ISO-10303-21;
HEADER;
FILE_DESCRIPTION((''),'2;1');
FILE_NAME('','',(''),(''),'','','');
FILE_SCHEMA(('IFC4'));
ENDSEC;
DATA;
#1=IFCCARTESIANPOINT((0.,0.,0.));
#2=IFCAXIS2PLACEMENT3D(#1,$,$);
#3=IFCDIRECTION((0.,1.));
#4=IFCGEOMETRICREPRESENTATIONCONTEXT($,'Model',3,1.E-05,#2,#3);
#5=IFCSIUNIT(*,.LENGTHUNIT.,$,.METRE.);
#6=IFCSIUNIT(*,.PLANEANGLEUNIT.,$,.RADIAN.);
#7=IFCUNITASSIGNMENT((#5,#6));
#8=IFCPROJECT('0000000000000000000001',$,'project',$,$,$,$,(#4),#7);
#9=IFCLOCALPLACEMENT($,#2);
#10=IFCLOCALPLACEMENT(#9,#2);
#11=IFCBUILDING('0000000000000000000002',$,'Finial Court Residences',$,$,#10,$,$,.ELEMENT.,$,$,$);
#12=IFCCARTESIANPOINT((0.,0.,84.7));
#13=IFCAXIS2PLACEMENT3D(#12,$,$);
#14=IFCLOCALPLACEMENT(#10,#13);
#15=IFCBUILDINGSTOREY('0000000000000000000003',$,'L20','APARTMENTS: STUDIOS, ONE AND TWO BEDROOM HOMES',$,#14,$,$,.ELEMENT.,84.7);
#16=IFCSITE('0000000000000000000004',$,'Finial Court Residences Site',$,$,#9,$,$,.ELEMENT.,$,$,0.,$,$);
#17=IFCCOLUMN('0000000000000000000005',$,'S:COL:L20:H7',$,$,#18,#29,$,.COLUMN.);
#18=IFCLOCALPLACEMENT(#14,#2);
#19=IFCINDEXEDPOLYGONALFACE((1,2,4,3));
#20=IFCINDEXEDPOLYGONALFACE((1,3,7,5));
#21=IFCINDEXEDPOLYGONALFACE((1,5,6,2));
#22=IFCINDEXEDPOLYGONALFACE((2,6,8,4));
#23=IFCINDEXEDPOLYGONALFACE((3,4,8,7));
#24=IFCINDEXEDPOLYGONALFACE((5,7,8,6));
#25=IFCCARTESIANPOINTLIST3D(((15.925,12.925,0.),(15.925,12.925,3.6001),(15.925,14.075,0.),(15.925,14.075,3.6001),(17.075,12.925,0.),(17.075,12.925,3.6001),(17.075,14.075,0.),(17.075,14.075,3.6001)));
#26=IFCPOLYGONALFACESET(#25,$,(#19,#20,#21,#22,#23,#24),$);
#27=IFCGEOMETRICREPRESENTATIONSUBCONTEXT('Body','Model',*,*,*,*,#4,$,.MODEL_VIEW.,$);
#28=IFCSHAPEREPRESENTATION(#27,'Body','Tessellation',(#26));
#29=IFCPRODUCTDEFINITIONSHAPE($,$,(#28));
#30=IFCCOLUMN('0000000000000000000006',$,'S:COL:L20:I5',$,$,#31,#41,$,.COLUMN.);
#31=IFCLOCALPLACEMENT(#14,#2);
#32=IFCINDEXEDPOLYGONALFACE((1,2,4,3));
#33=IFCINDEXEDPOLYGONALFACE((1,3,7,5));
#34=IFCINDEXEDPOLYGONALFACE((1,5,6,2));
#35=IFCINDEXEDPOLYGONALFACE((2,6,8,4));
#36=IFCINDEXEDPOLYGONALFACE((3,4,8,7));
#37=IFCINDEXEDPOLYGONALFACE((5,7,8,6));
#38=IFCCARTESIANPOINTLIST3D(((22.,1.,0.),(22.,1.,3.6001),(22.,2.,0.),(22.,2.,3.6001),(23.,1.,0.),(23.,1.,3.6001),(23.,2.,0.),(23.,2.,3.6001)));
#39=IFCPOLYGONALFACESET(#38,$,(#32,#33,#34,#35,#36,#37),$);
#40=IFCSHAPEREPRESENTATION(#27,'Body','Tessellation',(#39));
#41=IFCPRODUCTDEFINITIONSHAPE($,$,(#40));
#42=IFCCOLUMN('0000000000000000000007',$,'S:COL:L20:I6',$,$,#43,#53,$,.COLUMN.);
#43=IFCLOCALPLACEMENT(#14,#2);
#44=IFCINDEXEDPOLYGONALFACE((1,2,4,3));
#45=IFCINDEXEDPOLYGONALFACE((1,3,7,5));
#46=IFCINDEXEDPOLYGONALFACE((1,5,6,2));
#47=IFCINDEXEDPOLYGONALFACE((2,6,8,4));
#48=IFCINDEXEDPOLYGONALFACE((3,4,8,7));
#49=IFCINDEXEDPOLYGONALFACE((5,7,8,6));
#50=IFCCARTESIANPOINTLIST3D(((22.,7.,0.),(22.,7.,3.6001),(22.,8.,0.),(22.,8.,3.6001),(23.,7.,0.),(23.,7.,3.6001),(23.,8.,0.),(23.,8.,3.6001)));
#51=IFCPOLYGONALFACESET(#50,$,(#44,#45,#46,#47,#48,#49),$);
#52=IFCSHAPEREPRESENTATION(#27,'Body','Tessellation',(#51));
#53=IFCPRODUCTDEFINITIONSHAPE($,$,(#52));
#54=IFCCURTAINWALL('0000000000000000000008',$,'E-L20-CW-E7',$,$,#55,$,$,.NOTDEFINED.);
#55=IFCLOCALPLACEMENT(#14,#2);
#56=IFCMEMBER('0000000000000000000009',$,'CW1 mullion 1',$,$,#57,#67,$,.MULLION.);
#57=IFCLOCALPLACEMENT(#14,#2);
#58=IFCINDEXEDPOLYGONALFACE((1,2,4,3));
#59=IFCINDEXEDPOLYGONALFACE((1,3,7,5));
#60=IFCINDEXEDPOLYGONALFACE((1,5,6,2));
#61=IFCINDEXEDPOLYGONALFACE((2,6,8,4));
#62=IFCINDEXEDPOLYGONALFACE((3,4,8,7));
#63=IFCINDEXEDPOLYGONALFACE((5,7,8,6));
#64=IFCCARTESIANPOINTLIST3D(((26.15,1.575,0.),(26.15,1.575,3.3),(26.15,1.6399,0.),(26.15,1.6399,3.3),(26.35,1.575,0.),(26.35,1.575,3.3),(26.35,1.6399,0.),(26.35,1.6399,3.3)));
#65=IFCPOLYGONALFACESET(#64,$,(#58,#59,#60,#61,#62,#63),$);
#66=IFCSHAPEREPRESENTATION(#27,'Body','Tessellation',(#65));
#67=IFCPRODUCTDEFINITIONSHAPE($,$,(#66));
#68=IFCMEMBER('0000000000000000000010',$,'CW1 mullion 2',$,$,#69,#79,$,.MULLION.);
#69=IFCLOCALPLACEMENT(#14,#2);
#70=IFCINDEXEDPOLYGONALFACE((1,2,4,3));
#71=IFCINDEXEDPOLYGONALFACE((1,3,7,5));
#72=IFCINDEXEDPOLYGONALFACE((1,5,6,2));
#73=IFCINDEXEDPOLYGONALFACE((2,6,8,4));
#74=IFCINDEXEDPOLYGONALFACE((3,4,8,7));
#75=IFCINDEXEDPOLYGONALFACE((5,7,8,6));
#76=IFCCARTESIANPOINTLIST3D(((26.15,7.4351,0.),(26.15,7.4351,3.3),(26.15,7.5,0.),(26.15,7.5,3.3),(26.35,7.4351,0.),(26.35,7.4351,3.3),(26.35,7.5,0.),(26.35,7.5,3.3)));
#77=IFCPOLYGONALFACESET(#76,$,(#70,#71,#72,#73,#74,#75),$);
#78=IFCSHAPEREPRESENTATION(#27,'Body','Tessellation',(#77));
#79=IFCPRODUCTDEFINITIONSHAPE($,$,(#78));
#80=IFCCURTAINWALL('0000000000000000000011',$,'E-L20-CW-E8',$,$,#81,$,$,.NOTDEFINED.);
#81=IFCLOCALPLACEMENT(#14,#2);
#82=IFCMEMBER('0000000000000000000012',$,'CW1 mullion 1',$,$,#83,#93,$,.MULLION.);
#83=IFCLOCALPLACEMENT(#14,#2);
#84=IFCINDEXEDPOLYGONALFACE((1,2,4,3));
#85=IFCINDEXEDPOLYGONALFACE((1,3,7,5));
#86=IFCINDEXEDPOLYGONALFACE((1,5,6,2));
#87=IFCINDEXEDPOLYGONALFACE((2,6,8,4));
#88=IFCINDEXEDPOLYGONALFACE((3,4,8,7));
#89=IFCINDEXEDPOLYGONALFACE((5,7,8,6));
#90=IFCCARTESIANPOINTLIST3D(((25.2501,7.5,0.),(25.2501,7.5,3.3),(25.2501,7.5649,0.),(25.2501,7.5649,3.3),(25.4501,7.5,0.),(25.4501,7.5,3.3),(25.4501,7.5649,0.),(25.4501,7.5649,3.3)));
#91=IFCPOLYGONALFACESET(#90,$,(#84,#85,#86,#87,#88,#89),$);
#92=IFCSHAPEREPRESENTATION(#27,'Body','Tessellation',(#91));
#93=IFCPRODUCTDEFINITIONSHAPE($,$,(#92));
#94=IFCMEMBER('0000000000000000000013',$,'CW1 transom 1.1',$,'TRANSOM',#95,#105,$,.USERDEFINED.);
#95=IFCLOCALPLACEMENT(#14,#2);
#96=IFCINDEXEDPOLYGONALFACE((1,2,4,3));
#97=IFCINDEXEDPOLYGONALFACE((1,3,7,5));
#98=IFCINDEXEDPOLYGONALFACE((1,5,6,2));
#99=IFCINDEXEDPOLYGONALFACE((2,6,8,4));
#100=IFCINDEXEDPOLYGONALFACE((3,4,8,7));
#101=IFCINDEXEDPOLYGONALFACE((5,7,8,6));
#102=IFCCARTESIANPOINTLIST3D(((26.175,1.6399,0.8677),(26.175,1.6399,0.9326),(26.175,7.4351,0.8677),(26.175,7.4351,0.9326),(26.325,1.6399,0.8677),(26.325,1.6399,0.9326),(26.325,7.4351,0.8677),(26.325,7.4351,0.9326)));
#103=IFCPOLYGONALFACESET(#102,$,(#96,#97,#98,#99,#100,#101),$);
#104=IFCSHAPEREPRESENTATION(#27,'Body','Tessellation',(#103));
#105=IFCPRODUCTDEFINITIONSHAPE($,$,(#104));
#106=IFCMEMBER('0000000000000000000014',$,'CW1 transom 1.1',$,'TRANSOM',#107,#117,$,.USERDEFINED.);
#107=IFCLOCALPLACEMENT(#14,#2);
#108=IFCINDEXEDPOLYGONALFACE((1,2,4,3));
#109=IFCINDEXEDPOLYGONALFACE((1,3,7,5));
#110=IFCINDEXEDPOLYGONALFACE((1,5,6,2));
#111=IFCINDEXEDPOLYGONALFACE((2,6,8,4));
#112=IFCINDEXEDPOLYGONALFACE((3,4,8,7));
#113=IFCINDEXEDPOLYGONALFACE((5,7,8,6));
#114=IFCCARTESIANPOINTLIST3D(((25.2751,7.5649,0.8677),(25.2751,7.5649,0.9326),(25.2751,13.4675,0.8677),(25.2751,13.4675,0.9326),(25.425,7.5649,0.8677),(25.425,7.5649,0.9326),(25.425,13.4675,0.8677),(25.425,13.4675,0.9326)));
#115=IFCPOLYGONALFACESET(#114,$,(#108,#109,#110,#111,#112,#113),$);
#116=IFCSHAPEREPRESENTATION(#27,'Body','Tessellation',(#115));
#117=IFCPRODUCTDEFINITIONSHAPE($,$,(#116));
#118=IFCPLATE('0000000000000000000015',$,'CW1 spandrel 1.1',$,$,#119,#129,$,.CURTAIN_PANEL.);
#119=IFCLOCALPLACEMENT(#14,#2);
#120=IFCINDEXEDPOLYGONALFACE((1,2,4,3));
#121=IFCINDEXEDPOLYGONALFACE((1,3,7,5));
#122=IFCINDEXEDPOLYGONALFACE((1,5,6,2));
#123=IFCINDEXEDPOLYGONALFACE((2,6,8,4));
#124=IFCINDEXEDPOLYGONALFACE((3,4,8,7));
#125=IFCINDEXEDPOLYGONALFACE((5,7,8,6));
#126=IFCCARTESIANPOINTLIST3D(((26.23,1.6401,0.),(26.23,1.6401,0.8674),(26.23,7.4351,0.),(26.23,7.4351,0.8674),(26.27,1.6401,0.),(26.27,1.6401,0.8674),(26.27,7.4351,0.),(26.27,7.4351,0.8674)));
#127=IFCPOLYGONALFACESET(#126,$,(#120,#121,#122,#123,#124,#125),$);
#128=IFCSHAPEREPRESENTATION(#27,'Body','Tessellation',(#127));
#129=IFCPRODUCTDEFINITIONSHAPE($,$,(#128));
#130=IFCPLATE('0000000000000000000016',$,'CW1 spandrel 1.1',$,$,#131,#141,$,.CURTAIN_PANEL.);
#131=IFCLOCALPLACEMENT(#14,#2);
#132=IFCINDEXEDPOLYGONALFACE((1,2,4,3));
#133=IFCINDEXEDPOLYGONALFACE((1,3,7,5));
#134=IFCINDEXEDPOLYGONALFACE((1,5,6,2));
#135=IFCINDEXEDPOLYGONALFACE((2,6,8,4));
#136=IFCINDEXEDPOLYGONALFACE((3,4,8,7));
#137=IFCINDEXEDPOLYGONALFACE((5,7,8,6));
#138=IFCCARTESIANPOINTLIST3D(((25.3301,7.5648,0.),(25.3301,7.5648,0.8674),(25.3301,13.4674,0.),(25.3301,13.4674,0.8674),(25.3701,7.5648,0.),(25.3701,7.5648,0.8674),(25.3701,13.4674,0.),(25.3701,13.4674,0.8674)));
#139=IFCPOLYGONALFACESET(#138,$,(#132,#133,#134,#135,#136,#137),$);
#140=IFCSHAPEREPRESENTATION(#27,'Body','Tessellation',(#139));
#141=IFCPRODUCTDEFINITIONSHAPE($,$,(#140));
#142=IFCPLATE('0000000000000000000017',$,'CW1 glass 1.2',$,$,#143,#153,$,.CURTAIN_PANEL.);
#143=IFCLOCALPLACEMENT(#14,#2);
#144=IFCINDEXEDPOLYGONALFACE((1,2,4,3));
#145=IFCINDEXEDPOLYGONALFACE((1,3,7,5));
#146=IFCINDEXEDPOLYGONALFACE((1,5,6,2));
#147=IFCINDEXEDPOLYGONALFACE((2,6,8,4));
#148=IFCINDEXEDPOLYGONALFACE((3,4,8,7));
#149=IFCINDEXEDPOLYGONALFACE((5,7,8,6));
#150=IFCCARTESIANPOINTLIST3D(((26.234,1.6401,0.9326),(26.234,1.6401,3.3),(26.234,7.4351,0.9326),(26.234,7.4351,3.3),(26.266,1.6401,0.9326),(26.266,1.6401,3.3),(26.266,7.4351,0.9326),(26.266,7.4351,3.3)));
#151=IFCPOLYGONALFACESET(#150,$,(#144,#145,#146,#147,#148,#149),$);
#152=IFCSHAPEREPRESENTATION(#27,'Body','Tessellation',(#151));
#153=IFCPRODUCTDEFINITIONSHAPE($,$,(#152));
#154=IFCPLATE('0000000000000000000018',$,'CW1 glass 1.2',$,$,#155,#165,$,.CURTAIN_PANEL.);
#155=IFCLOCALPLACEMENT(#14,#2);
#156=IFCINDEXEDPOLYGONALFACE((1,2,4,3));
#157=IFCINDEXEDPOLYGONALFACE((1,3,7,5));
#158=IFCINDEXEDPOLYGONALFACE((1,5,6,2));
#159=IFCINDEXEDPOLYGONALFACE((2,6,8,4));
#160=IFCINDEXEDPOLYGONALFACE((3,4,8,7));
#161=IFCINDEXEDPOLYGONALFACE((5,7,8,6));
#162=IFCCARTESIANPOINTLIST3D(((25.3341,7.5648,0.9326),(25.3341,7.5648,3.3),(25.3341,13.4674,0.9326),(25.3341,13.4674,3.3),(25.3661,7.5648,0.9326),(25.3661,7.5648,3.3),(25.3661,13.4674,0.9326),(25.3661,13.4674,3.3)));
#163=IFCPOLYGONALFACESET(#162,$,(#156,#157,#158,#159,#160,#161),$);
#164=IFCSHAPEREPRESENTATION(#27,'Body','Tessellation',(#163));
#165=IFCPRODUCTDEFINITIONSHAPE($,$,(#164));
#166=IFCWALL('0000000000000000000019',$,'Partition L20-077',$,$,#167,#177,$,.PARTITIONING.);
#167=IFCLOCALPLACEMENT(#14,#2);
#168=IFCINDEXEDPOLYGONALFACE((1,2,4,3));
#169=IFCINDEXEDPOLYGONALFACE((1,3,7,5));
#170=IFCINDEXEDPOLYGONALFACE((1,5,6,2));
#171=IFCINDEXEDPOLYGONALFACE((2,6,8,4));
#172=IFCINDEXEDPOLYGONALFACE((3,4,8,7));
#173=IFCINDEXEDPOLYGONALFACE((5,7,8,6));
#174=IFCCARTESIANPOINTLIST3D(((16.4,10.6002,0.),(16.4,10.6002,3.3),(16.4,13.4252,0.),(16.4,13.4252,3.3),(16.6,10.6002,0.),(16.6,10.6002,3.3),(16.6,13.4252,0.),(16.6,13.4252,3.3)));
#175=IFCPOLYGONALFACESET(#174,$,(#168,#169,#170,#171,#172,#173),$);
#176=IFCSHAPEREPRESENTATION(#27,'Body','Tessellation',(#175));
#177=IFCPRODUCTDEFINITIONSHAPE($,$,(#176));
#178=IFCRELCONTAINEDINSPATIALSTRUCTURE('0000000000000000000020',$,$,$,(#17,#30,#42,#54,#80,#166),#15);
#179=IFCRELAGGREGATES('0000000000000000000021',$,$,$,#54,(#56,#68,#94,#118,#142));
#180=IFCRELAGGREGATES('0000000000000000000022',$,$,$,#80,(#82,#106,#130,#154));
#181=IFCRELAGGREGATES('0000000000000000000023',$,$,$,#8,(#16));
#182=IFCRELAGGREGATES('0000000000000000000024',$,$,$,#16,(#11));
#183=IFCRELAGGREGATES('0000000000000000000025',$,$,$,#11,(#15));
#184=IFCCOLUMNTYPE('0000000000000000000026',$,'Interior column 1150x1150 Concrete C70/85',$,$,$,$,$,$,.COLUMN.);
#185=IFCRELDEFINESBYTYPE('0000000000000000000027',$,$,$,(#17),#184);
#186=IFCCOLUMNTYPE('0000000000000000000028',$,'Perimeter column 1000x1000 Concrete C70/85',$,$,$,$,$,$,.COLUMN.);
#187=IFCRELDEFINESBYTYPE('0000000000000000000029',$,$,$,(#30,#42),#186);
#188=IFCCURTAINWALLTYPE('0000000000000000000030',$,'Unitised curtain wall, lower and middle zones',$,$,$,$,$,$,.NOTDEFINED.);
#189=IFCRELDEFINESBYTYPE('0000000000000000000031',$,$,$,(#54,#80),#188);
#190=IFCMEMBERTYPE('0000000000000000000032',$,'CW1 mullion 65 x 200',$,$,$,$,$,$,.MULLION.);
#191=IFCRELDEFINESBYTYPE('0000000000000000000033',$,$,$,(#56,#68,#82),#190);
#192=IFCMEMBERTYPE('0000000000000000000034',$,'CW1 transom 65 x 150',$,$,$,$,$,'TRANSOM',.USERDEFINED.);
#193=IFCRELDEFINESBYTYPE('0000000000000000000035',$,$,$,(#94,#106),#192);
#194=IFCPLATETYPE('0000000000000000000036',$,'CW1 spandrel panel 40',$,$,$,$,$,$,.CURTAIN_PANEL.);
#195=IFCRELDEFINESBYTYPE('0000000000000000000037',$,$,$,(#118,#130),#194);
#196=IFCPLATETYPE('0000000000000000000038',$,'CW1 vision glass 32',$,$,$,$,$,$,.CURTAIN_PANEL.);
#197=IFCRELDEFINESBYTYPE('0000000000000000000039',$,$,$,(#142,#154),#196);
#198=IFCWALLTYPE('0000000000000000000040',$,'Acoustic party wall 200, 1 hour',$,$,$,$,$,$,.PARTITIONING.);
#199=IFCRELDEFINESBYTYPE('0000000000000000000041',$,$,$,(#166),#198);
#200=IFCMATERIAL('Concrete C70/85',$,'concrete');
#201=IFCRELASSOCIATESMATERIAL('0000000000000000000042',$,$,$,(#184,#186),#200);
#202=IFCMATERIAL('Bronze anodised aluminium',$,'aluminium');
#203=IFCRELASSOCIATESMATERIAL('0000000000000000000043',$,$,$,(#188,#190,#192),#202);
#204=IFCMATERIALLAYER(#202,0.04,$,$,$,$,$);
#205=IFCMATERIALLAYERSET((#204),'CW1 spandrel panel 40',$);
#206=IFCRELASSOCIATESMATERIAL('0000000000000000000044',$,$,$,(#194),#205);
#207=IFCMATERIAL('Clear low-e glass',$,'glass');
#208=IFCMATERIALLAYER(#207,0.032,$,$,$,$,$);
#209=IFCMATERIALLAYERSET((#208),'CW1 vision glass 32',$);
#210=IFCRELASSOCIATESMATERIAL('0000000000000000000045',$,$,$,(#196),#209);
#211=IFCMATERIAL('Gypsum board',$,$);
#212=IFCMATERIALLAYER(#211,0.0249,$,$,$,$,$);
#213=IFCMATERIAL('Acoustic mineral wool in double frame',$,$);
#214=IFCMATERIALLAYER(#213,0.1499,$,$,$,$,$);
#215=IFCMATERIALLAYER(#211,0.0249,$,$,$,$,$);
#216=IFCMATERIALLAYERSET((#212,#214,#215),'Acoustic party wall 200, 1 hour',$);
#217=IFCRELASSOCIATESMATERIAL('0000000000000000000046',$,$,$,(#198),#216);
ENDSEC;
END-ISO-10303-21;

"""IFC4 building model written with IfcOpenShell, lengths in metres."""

from ifc_helpers import new_model, si_unit, direction, frame, frame_2d, origin, origin_2d, place, context, subcontext, project, spatial, rectangle, extrude, material, layer, layer_set, material_profile, profile_set, type_object, element, aggregate, save


model = new_model("IFC4")

# Units and contexts
model_context = context("Model", 3, precision=1e-05, world=origin(), true_north=direction((0.0, 1.0)))
body_context = subcontext(model_context, "Body", "Model", "MODEL_VIEW")
ifc_project = project(units=[si_unit("LENGTHUNIT", "METRE"), si_unit("PLANEANGLEUNIT", "RADIAN")], contexts=[model_context])

# Site, building, storey
site_placement = place(None, origin())
site = spatial("IfcSite", under=ifc_project, at=site_placement, Name="Finial Court Residences Site", CompositionType="ELEMENT", RefElevation=0.0)
building_placement = place(site_placement, origin())
building = spatial("IfcBuilding", under=site, at=building_placement, Name="Finial Court Residences", CompositionType="ELEMENT")
storey_placement = place(building_placement, frame((0.0, 0.0, 84.7)))
storey = spatial("IfcBuildingStorey", under=building, at=storey_placement, Name="L20", Description="APARTMENTS: STUDIOS, ONE AND TWO BEDROOM HOMES", CompositionType="ELEMENT", Elevation=84.7)

# Columns
ifc_material_1 = material(Name="Concrete C70/85", Category="concrete")
ifc_material_profile_1 = material_profile(ifc_material_1, rectangle(XDim=1.1499, YDim=1.1499, at=origin_2d()), Name="1150x1150")
ifc_profile_set_1 = profile_set([ifc_material_profile_1], Name="Concrete C70/85")
column_type_1 = type_object("IfcColumnType", Name="Interior column 1150x1150 Concrete C70/85", PredefinedType="COLUMN", material=ifc_profile_set_1)
column_placement = place(storey_placement, frame((16.5, 13.5, 0.0), z_axis=(0.0, 0.0, 1.0), x_axis=(1.0, 0.0, 0.0)))
element("IfcColumn", 1, at=column_placement, inside=storey, type_object=column_type_1, Name="S:COL:L20:H7", PredefinedType="COLUMN", context=body_context, shape_type="SweptSolid", body=[
    extrude(rectangle(XDim=1.1499, YDim=1.1499, at=origin_2d()), origin(), (0.0, 0.0, 1.0), 3.6001),
])
ifc_material_profile_2 = material_profile(ifc_material_1, rectangle(XDim=1.0, YDim=1.0, at=origin_2d()), Name="1000x1000")
ifc_profile_set_2 = profile_set([ifc_material_profile_2], Name="Concrete C70/85")
column_type_2 = type_object("IfcColumnType", Name="Perimeter column 1000x1000 Concrete C70/85", PredefinedType="COLUMN", material=ifc_profile_set_2)
for number, where, z_axis, x_axis, name in (
    (2, (22.5, 1.5, 0.0), (0.0, 0.0, 1.0), (1.0, 0.0, 0.0), "S:COL:L20:I5"),
    (3, (22.5, 7.5, 0.0), (0.0, 0.0, 1.0), (1.0, 0.0, 0.0), "S:COL:L20:I6"),
):
    element("IfcColumn", number, at=place(storey_placement, frame(where, z_axis=z_axis, x_axis=x_axis)), inside=storey, type_object=column_type_2, Name=name, PredefinedType="COLUMN", context=body_context, shape_type="SweptSolid", body=[
        extrude(rectangle(XDim=1.0, YDim=1.0, at=origin_2d()), origin(), (0.0, 0.0, 1.0), 3.6001),
    ])

# Curtain wall, members
ifc_material_2 = material(Name="Bronze anodised aluminium", Category="aluminium")
curtain_wall_type = type_object("IfcCurtainWallType", Name="Unitised curtain wall, lower and middle zones", PredefinedType="NOTDEFINED", material=ifc_material_2)
curtain_wall_1_placement = place(storey_placement, origin())
curtain_wall_1 = element("IfcCurtainWall", 4, at=curtain_wall_1_placement, inside=storey, type_object=curtain_wall_type, Name="E-L20-CW-E7", PredefinedType="NOTDEFINED")
ifc_material_profile_3 = material_profile(ifc_material_2, rectangle(XDim=0.2, YDim=0.0649, at=origin_2d()), Name="CW1 mullion 65 x 200")
ifc_profile_set_3 = profile_set([ifc_material_profile_3], Name="Bronze anodised aluminium")
member_type_1 = type_object("IfcMemberType", Name="CW1 mullion 65 x 200", PredefinedType="MULLION", material=ifc_profile_set_3)
member_1_placement = place(storey_placement, frame((26.25, 1.6074, 0.0), z_axis=(0.0, 0.0, 1.0), x_axis=(-1.0, 0.0, 0.0)))
member_1 = element("IfcMember", 5, at=member_1_placement, type_object=member_type_1, Name="CW1 mullion 1", PredefinedType="MULLION", context=body_context, shape_type="SweptSolid", body=[
    extrude(rectangle(XDim=0.2, YDim=0.0649, at=origin_2d()), origin(), (0.0, 0.0, 1.0), 3.3),
])
member_2_placement = place(storey_placement, frame((26.25, 7.4675, 0.0), z_axis=(0.0, 0.0, 1.0), x_axis=(-1.0, 0.0, 0.0)))
member_2 = element("IfcMember", 6, at=member_2_placement, type_object=member_type_1, Name="CW1 mullion 2", PredefinedType="MULLION", context=body_context, shape_type="SweptSolid", body=[
    extrude(rectangle(XDim=0.2, YDim=0.0649, at=origin_2d()), origin(), (0.0, 0.0, 1.0), 3.3),
])

# Curtain wall, member
curtain_wall_2_placement = place(storey_placement, origin())
curtain_wall_2 = element("IfcCurtainWall", 7, at=curtain_wall_2_placement, inside=storey, type_object=curtain_wall_type, Name="E-L20-CW-E8", PredefinedType="NOTDEFINED")
member_3_placement = place(storey_placement, frame((25.3501, 7.5325, 0.0), z_axis=(0.0, 0.0, 1.0), x_axis=(-1.0, 0.0, 0.0)))
member_3 = element("IfcMember", 8, at=member_3_placement, type_object=member_type_1, Name="CW1 mullion 1", PredefinedType="MULLION", context=body_context, shape_type="SweptSolid", body=[
    extrude(rectangle(XDim=0.2, YDim=0.0649, at=origin_2d()), origin(), (0.0, 0.0, 1.0), 3.3),
])

# Members
ifc_material_profile_4 = material_profile(ifc_material_2, rectangle(XDim=0.1499, YDim=0.0649, at=origin_2d()), Name="CW1 transom 65 x 150")
ifc_profile_set_4 = profile_set([ifc_material_profile_4], Name="Bronze anodised aluminium")
member_type_2 = type_object("IfcMemberType", Name="CW1 transom 65 x 150", ElementType="TRANSOM", PredefinedType="USERDEFINED", material=ifc_profile_set_4)
member_4_placement = place(storey_placement, frame((26.25, 1.6399, 0.9001), z_axis=(0.0, 1.0, 0.0), x_axis=(-1.0, 0.0, 0.0)))
member_4 = element("IfcMember", 9, at=member_4_placement, type_object=member_type_2, Name="CW1 transom 1.1", ObjectType="TRANSOM", PredefinedType="USERDEFINED", context=body_context, shape_type="SweptSolid", body=[
    extrude(rectangle(XDim=0.1499, YDim=0.0649, at=origin_2d()), origin(), (0.0, 0.0, 1.0), 5.7952),
])
member_5_placement = place(storey_placement, frame((25.3501, 7.5649, 0.9001), z_axis=(0.0, 1.0, 0.0), x_axis=(-1.0, 0.0, 0.0)))
member_5 = element("IfcMember", 10, at=member_5_placement, type_object=member_type_2, Name="CW1 transom 1.1", ObjectType="TRANSOM", PredefinedType="USERDEFINED", context=body_context, shape_type="SweptSolid", body=[
    extrude(rectangle(XDim=0.1499, YDim=0.0649, at=origin_2d()), origin(), (0.0, 0.0, 1.0), 5.9026),
])

# Plates
ifc_layer_1 = layer(ifc_material_2, 0.04)
ifc_layer_set_1 = layer_set([ifc_layer_1], Name="CW1 spandrel panel 40")
plate_type_1 = type_object("IfcPlateType", Name="CW1 spandrel panel 40", PredefinedType="CURTAIN_PANEL", material=ifc_layer_set_1)
plate_1_placement = place(storey_placement, frame((26.25, 4.5376, 0.0), z_axis=(0.0, 0.0, 1.0), x_axis=(0.0, 1.0, 0.0)))
plate_1 = element("IfcPlate", 11, at=plate_1_placement, type_object=plate_type_1, Name="CW1 spandrel 1.1", PredefinedType="CURTAIN_PANEL", context=body_context, shape_type="SweptSolid", body=[
    extrude(rectangle(XDim=5.7949, YDim=0.04, at=origin_2d()), origin(), (0.0, 0.0, 1.0), 0.8674),
])
plate_2_placement = place(storey_placement, frame((25.3501, 10.5161, 0.0), z_axis=(0.0, 0.0, 1.0), x_axis=(0.0, 1.0, 0.0)))
plate_2 = element("IfcPlate", 12, at=plate_2_placement, type_object=plate_type_1, Name="CW1 spandrel 1.1", PredefinedType="CURTAIN_PANEL", context=body_context, shape_type="SweptSolid", body=[
    extrude(rectangle(XDim=5.9026, YDim=0.04, at=origin_2d()), origin(), (0.0, 0.0, 1.0), 0.8674),
])
ifc_material_3 = material(Name="Clear low-e glass", Category="glass")
ifc_layer_2 = layer(ifc_material_3, 0.032)
ifc_layer_set_2 = layer_set([ifc_layer_2], Name="CW1 vision glass 32")
plate_type_2 = type_object("IfcPlateType", Name="CW1 vision glass 32", PredefinedType="CURTAIN_PANEL", material=ifc_layer_set_2)
plate_3_placement = place(storey_placement, frame((26.25, 4.5376, 0.9326), z_axis=(0.0, 0.0, 1.0), x_axis=(0.0, 1.0, 0.0)))
plate_3 = element("IfcPlate", 13, at=plate_3_placement, type_object=plate_type_2, Name="CW1 glass 1.2", PredefinedType="CURTAIN_PANEL", context=body_context, shape_type="SweptSolid", body=[
    extrude(rectangle(XDim=5.7949, YDim=0.032, at=origin_2d()), origin(), (0.0, 0.0, 1.0), 2.3674),
])
aggregate(curtain_wall_1, [member_1, member_2, member_4, plate_1, plate_3])
plate_4_placement = place(storey_placement, frame((25.3501, 10.5161, 0.9326), z_axis=(0.0, 0.0, 1.0), x_axis=(0.0, 1.0, 0.0)))
plate_4 = element("IfcPlate", 14, at=plate_4_placement, type_object=plate_type_2, Name="CW1 glass 1.2", PredefinedType="CURTAIN_PANEL", context=body_context, shape_type="SweptSolid", body=[
    extrude(rectangle(XDim=5.9026, YDim=0.032, at=origin_2d()), origin(), (0.0, 0.0, 1.0), 2.3674),
])
aggregate(curtain_wall_2, [member_3, member_5, plate_2, plate_4])

# Wall
ifc_material_4 = material(Name="Gypsum board")
ifc_layer_3 = layer(ifc_material_4, 0.0249)
ifc_material_5 = material(Name="Acoustic mineral wool in double frame")
ifc_layer_4 = layer(ifc_material_5, 0.1499)
ifc_layer_5 = layer(ifc_material_4, 0.0249)
ifc_layer_set_3 = layer_set([ifc_layer_3, ifc_layer_4, ifc_layer_5], Name="Acoustic party wall 200, 1 hour")
wall_type_1 = type_object("IfcWallType", Name="Acoustic party wall 200, 1 hour", PredefinedType="PARTITIONING", material=ifc_layer_set_3)
wall_1_placement = place(storey_placement, frame((16.5, 10.6001, 0.0), z_axis=(0.0, 0.0, 1.0), x_axis=(0.0, 1.0, 0.0)))
element("IfcWall", 15, at=wall_1_placement, inside=storey, type_object=wall_type_1, Name="Partition L20-077", PredefinedType="PARTITIONING", context=body_context, shape_type="SweptSolid", body=[
    extrude(rectangle(XDim=2.825, YDim=0.2, at=frame_2d((1.4126, 0.0))), origin(), (0.0, 0.0, 1.0), 3.3),
])

save(model, "model.ifc")
